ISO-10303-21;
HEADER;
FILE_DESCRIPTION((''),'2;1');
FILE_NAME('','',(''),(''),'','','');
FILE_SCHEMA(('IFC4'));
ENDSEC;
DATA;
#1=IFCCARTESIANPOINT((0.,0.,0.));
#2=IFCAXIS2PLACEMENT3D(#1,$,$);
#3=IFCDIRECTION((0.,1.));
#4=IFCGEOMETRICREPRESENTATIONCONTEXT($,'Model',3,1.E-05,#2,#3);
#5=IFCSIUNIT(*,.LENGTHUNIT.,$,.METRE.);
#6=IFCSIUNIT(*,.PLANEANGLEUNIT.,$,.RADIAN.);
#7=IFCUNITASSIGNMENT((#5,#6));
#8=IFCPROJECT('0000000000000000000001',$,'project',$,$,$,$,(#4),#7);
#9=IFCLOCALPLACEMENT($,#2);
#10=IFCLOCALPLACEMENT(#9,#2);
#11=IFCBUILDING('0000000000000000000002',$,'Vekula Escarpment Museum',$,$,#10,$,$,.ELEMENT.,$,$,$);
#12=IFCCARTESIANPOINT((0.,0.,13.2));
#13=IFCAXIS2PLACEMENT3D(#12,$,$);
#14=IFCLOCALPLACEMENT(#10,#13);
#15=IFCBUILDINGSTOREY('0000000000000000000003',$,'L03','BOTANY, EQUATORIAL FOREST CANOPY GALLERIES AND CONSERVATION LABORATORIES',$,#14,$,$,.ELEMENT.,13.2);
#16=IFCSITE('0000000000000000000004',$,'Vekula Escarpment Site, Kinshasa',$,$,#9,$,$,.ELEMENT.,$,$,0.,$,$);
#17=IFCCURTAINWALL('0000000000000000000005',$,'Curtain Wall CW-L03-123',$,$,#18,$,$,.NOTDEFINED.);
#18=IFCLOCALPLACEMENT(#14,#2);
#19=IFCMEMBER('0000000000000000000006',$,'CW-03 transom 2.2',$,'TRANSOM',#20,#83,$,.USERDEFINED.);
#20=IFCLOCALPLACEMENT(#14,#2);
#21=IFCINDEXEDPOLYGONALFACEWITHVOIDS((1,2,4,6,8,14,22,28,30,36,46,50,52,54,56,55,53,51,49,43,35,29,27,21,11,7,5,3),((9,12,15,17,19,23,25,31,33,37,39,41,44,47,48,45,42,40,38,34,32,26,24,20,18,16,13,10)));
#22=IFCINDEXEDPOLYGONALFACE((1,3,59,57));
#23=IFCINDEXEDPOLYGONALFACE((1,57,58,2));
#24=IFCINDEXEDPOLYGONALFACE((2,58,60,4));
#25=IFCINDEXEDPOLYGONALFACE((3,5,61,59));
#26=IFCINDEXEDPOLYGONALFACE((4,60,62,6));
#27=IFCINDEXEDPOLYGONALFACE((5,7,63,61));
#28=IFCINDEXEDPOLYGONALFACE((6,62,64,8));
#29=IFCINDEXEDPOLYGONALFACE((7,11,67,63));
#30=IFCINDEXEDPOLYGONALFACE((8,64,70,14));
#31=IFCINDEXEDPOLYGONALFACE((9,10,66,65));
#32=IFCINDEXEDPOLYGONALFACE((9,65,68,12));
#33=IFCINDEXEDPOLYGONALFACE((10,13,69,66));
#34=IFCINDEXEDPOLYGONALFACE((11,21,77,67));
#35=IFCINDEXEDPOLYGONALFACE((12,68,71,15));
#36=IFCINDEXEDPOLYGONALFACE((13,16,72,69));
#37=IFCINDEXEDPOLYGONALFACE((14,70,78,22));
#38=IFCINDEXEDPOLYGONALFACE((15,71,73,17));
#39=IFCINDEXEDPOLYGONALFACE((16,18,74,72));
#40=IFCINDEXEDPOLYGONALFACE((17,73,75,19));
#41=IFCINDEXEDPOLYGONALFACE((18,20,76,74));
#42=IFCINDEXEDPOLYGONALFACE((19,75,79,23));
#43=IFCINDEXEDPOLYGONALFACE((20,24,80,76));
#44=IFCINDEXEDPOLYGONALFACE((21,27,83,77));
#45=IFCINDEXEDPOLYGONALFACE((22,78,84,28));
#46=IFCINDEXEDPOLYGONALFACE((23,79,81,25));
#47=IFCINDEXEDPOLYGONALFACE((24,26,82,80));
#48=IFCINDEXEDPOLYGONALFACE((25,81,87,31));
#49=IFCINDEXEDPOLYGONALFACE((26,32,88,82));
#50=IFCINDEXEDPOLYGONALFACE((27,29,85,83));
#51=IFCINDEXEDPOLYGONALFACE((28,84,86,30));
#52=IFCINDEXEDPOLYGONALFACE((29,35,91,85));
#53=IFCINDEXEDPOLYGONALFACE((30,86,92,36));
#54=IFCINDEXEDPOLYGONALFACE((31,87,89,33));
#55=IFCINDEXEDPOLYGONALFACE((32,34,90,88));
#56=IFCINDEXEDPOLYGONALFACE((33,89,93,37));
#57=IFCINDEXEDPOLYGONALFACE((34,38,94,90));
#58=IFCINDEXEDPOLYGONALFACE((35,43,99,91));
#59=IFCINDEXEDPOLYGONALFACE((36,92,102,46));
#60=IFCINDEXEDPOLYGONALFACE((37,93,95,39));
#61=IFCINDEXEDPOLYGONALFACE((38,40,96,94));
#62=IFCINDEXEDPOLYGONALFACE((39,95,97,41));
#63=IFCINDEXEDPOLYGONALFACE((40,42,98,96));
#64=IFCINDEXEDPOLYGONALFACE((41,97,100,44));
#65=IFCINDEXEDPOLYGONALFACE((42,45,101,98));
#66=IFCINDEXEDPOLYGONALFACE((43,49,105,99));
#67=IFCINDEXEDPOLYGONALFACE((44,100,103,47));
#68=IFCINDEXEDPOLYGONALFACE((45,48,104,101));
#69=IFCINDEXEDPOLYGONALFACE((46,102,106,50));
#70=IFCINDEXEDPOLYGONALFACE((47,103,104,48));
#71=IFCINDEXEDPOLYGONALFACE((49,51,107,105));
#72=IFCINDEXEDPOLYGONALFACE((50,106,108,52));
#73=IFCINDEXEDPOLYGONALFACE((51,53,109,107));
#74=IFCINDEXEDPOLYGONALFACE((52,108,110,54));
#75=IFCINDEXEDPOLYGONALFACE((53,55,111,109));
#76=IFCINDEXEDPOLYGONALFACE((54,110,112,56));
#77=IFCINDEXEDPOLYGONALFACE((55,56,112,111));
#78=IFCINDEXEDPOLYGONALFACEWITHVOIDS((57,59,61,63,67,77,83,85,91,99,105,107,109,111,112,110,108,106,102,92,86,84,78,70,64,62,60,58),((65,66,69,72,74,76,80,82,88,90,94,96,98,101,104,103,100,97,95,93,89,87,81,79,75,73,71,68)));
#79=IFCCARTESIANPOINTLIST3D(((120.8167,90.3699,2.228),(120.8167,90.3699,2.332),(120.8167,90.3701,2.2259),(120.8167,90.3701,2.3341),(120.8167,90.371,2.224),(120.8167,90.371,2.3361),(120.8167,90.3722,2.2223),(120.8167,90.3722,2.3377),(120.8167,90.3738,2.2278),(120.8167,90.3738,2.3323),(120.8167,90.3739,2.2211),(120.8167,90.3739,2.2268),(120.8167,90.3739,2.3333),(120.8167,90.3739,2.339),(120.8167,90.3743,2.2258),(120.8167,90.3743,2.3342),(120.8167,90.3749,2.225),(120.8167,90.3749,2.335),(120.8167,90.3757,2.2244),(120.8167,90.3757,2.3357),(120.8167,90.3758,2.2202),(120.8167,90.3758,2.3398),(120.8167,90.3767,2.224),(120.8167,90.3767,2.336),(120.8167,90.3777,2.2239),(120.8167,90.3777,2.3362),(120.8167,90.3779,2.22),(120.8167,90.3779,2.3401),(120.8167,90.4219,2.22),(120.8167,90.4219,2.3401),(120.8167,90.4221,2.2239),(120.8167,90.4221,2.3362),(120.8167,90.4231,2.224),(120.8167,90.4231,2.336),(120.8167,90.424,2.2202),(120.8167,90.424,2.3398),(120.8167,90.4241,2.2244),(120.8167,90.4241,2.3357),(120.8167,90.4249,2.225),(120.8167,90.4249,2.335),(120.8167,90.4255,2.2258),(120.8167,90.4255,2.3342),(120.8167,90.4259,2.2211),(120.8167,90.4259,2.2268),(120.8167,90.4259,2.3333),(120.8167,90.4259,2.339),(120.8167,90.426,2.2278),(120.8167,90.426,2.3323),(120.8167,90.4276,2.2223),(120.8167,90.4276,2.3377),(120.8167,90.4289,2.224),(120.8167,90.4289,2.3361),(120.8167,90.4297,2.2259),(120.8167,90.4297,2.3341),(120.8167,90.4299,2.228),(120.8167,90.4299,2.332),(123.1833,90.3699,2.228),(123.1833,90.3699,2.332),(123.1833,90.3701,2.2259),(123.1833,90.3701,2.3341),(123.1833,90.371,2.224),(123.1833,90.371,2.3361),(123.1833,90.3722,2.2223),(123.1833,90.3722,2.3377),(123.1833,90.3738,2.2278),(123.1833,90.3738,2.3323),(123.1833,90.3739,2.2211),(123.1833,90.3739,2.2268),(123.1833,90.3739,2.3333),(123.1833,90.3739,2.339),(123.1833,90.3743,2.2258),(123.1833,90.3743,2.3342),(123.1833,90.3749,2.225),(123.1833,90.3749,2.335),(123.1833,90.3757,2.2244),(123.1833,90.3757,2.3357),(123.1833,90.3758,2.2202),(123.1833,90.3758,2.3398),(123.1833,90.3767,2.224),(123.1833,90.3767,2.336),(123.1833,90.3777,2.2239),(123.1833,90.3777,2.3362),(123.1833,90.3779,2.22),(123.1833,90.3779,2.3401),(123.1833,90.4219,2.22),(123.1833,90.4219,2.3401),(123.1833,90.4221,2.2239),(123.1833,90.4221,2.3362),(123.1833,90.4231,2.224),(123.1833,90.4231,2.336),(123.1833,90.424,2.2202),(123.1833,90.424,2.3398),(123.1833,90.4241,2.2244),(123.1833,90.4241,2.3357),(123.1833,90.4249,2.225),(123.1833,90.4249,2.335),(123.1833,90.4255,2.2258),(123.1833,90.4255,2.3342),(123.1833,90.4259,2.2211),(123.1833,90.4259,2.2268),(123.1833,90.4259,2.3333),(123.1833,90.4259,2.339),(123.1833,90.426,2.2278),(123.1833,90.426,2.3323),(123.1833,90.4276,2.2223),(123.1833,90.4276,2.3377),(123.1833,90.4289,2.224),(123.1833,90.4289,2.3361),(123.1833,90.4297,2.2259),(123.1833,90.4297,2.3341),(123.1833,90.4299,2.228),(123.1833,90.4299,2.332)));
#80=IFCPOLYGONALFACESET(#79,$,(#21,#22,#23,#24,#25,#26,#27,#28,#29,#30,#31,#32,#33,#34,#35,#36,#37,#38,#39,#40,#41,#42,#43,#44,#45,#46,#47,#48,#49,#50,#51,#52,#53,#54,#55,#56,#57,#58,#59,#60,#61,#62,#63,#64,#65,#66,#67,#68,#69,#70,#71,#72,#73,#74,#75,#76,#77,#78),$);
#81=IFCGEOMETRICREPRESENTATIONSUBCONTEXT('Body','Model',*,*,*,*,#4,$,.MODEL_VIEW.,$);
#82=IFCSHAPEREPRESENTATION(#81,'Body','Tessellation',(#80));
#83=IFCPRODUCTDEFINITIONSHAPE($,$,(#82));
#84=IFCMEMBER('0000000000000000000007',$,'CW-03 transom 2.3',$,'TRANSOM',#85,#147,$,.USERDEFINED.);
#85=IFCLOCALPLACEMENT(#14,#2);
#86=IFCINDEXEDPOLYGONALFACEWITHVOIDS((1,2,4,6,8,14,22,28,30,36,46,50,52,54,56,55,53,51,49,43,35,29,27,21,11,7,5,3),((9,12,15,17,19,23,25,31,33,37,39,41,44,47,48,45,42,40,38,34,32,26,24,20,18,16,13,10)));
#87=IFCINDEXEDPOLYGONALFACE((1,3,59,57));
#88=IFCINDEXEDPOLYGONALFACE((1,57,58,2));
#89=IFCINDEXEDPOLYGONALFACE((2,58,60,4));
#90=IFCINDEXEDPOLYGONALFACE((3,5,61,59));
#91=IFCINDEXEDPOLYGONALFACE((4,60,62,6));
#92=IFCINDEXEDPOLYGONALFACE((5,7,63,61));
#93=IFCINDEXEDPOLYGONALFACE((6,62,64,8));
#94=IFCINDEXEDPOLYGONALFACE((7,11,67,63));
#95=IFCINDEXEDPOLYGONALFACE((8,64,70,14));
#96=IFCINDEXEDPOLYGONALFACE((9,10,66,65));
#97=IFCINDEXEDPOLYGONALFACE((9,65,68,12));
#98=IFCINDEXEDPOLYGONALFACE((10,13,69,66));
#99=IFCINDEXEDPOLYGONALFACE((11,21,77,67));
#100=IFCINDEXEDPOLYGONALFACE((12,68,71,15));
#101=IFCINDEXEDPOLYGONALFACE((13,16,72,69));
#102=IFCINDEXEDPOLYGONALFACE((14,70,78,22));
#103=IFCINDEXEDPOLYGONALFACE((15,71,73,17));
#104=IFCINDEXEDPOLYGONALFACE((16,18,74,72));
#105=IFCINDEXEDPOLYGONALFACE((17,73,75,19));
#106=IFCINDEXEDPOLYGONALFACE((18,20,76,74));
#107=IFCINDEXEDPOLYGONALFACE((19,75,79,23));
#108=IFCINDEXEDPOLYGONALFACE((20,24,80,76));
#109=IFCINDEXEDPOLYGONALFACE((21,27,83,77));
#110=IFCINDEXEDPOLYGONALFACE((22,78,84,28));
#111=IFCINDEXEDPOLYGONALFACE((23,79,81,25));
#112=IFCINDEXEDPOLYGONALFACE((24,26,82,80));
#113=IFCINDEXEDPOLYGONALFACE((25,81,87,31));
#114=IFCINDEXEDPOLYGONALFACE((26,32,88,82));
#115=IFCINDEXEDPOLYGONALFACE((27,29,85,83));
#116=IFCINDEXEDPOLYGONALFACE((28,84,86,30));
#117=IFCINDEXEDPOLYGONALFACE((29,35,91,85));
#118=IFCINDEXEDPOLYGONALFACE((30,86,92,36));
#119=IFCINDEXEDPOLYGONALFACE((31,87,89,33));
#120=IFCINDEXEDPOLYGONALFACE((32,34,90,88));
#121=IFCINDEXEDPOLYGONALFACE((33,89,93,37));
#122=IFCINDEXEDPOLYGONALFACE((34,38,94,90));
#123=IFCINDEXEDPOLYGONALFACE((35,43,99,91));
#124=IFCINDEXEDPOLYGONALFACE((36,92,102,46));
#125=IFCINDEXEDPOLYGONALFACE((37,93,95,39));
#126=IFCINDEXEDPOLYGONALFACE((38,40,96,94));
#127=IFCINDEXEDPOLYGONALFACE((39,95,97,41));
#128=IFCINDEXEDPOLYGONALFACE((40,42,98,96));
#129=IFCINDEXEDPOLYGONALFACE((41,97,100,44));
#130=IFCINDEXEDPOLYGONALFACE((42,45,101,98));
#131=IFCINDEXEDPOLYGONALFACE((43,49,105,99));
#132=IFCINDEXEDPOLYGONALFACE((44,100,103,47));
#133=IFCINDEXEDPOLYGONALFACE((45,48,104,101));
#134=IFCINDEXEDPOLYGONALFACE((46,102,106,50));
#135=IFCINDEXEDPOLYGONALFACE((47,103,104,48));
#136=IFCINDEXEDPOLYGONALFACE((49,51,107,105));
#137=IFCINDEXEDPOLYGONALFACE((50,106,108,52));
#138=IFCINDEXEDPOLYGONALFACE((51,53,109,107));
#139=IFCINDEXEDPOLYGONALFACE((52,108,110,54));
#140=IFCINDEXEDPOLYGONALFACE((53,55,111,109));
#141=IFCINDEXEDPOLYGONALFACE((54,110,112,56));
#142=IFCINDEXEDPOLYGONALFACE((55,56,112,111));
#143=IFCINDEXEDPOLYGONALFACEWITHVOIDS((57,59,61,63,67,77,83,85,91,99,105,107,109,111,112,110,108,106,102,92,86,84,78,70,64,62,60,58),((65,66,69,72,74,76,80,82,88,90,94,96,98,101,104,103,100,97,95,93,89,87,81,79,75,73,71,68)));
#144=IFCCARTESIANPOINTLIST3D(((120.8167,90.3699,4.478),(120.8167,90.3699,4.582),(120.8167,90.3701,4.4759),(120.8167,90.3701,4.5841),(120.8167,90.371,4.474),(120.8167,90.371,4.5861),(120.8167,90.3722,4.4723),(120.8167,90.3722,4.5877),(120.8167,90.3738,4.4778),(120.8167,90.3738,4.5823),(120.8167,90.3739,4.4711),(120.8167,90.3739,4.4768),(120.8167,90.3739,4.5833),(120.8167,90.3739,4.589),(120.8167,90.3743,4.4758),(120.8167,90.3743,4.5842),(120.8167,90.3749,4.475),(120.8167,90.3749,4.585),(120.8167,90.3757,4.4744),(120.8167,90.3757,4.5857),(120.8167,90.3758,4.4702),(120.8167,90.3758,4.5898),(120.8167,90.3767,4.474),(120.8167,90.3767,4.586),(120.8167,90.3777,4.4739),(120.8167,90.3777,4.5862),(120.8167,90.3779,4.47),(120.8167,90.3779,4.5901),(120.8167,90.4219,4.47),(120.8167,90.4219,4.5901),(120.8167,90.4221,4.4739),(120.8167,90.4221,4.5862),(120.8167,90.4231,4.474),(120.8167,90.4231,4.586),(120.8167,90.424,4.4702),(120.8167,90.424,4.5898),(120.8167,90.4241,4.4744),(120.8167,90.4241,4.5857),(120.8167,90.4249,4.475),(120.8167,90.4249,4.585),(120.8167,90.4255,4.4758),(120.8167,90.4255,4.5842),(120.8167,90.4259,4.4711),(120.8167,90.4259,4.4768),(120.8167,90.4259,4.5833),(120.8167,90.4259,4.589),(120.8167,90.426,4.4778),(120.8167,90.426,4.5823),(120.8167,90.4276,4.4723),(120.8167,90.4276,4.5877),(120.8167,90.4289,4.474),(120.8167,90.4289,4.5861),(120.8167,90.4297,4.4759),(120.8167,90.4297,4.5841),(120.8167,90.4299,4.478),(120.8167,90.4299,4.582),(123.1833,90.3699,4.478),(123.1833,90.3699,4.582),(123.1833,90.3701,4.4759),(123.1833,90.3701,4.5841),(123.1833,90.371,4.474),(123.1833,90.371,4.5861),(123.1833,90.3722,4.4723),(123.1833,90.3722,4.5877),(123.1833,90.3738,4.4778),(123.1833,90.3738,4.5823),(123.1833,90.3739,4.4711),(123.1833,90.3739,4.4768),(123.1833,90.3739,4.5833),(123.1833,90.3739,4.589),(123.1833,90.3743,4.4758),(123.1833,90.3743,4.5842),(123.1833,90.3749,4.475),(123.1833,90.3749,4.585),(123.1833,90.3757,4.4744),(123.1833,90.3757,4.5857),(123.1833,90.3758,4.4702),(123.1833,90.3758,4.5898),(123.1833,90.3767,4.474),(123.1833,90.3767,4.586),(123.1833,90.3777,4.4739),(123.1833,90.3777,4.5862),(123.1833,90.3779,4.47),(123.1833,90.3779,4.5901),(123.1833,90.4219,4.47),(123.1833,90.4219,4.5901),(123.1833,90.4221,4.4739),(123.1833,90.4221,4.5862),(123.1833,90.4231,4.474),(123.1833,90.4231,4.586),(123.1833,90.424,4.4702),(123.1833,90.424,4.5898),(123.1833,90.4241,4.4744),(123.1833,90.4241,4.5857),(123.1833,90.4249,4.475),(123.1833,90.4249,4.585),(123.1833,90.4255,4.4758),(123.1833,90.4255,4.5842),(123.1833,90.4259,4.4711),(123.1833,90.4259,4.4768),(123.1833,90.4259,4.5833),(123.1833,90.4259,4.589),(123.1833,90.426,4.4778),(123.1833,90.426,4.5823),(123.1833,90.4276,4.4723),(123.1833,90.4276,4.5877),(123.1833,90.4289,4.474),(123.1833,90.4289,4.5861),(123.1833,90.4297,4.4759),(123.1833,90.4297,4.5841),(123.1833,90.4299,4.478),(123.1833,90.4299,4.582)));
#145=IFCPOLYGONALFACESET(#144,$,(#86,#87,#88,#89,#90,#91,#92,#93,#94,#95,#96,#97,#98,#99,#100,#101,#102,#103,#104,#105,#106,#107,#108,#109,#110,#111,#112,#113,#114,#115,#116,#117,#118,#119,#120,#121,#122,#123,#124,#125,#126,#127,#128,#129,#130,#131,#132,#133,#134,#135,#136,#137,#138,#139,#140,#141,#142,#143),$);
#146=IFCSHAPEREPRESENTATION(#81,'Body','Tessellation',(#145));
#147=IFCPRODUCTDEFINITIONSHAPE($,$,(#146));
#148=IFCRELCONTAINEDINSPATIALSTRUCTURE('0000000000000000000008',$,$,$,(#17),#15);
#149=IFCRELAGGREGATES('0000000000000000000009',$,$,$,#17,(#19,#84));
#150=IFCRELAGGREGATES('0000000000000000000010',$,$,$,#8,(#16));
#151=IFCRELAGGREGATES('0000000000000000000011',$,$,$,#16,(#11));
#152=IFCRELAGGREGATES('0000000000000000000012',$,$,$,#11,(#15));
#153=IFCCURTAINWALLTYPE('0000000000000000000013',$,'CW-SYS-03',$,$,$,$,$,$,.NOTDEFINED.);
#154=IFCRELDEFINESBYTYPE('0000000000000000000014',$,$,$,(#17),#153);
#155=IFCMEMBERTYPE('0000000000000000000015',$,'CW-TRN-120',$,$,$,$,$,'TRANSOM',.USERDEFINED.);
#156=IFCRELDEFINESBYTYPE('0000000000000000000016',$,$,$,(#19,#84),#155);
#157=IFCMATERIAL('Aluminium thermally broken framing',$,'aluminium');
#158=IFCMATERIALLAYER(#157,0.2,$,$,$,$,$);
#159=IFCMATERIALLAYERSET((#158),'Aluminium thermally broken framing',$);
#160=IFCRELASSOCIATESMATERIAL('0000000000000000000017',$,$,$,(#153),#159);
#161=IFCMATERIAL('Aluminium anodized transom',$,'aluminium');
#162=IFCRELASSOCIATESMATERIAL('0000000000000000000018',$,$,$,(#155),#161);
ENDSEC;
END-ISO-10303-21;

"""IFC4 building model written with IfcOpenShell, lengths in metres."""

from ifc_helpers import new_model, si_unit, direction, frame, origin, origin_2d, place, context, subcontext, project, spatial, hollow_rectangle, extrude, material, layer, layer_set, material_profile, profile_set, type_object, element, aggregate, save


model = new_model("IFC4")

# Units and contexts
model_context = context("Model", 3, precision=1e-05, world=origin(), true_north=direction((0.0, 1.0)))
body_context = subcontext(model_context, "Body", "Model", "MODEL_VIEW")
ifc_project = project(units=[si_unit("LENGTHUNIT", "METRE"), si_unit("PLANEANGLEUNIT", "RADIAN")], contexts=[model_context])

# Site, building, storey
site_placement = place(None, origin())
site = spatial("IfcSite", under=ifc_project, at=site_placement, Name="Vekula Escarpment Site, Kinshasa", CompositionType="ELEMENT", RefElevation=0.0)
building_placement = place(site_placement, origin())
building = spatial("IfcBuilding", under=site, at=building_placement, Name="Vekula Escarpment Museum", CompositionType="ELEMENT")
storey_placement = place(building_placement, frame((0.0, 0.0, 13.2)))
storey = spatial("IfcBuildingStorey", under=building, at=storey_placement, Name="L03", Description="BOTANY, EQUATORIAL FOREST CANOPY GALLERIES AND CONSERVATION LABORATORIES", CompositionType="ELEMENT", Elevation=13.2)

# Curtain wall
ifc_material_1 = material(Name="Aluminium thermally broken framing", Category="aluminium")
ifc_layer_1 = layer(ifc_material_1, 0.2)
ifc_layer_set_1 = layer_set([ifc_layer_1], Name="Aluminium thermally broken framing")
curtain_wall_type_1 = type_object("IfcCurtainWallType", Name="CW-SYS-03", PredefinedType="NOTDEFINED", material=ifc_layer_set_1)
curtain_wall_1_placement = place(storey_placement, origin())
curtain_wall_1 = element("IfcCurtainWall", 1, at=curtain_wall_1_placement, inside=storey, type_object=curtain_wall_type_1, Name="Curtain Wall CW-L03-123", PredefinedType="NOTDEFINED")

# Members
ifc_material_2 = material(Name="Aluminium anodized transom", Category="aluminium")
ifc_material_profile_1 = material_profile(ifc_material_2, hollow_rectangle(XDim=0.0601, YDim=0.1201, WallThickness=0.0039, InnerFilletRadius=0.0039, OuterFilletRadius=0.0081, at=origin_2d()), Name="ALU 120x60x4")
ifc_profile_set_1 = profile_set([ifc_material_profile_1], Name="Aluminium anodized transom")
member_type_1 = type_object("IfcMemberType", Name="CW-TRN-120", ElementType="TRANSOM", PredefinedType="USERDEFINED", material=ifc_profile_set_1)
member_1_placement = place(storey_placement, frame((123.1833, 90.3999, 2.28), z_axis=(-1.0, 0.0, 0.0), x_axis=(0.0, -1.0, 0.0)))
member_1 = element("IfcMember", 2, at=member_1_placement, type_object=member_type_1, Name="CW-03 transom 2.2", ObjectType="TRANSOM", PredefinedType="USERDEFINED", context=body_context, shape_type="SweptSolid", body=[
    extrude(hollow_rectangle(XDim=0.0601, YDim=0.1201, WallThickness=0.0039, InnerFilletRadius=0.0039, OuterFilletRadius=0.0081, at=origin_2d()), origin(), (0.0, 0.0, 1.0), 2.3667),
])
member_2_placement = place(storey_placement, frame((123.1833, 90.3999, 4.53), z_axis=(-1.0, 0.0, 0.0), x_axis=(0.0, -1.0, 0.0)))
member_2 = element("IfcMember", 3, at=member_2_placement, type_object=member_type_1, Name="CW-03 transom 2.3", ObjectType="TRANSOM", PredefinedType="USERDEFINED", context=body_context, shape_type="SweptSolid", body=[
    extrude(hollow_rectangle(XDim=0.0601, YDim=0.1201, WallThickness=0.0039, InnerFilletRadius=0.0039, OuterFilletRadius=0.0081, at=origin_2d()), origin(), (0.0, 0.0, 1.0), 2.3667),
])

aggregate(curtain_wall_1, [member_1, member_2])

save(model, "model.ifc")
